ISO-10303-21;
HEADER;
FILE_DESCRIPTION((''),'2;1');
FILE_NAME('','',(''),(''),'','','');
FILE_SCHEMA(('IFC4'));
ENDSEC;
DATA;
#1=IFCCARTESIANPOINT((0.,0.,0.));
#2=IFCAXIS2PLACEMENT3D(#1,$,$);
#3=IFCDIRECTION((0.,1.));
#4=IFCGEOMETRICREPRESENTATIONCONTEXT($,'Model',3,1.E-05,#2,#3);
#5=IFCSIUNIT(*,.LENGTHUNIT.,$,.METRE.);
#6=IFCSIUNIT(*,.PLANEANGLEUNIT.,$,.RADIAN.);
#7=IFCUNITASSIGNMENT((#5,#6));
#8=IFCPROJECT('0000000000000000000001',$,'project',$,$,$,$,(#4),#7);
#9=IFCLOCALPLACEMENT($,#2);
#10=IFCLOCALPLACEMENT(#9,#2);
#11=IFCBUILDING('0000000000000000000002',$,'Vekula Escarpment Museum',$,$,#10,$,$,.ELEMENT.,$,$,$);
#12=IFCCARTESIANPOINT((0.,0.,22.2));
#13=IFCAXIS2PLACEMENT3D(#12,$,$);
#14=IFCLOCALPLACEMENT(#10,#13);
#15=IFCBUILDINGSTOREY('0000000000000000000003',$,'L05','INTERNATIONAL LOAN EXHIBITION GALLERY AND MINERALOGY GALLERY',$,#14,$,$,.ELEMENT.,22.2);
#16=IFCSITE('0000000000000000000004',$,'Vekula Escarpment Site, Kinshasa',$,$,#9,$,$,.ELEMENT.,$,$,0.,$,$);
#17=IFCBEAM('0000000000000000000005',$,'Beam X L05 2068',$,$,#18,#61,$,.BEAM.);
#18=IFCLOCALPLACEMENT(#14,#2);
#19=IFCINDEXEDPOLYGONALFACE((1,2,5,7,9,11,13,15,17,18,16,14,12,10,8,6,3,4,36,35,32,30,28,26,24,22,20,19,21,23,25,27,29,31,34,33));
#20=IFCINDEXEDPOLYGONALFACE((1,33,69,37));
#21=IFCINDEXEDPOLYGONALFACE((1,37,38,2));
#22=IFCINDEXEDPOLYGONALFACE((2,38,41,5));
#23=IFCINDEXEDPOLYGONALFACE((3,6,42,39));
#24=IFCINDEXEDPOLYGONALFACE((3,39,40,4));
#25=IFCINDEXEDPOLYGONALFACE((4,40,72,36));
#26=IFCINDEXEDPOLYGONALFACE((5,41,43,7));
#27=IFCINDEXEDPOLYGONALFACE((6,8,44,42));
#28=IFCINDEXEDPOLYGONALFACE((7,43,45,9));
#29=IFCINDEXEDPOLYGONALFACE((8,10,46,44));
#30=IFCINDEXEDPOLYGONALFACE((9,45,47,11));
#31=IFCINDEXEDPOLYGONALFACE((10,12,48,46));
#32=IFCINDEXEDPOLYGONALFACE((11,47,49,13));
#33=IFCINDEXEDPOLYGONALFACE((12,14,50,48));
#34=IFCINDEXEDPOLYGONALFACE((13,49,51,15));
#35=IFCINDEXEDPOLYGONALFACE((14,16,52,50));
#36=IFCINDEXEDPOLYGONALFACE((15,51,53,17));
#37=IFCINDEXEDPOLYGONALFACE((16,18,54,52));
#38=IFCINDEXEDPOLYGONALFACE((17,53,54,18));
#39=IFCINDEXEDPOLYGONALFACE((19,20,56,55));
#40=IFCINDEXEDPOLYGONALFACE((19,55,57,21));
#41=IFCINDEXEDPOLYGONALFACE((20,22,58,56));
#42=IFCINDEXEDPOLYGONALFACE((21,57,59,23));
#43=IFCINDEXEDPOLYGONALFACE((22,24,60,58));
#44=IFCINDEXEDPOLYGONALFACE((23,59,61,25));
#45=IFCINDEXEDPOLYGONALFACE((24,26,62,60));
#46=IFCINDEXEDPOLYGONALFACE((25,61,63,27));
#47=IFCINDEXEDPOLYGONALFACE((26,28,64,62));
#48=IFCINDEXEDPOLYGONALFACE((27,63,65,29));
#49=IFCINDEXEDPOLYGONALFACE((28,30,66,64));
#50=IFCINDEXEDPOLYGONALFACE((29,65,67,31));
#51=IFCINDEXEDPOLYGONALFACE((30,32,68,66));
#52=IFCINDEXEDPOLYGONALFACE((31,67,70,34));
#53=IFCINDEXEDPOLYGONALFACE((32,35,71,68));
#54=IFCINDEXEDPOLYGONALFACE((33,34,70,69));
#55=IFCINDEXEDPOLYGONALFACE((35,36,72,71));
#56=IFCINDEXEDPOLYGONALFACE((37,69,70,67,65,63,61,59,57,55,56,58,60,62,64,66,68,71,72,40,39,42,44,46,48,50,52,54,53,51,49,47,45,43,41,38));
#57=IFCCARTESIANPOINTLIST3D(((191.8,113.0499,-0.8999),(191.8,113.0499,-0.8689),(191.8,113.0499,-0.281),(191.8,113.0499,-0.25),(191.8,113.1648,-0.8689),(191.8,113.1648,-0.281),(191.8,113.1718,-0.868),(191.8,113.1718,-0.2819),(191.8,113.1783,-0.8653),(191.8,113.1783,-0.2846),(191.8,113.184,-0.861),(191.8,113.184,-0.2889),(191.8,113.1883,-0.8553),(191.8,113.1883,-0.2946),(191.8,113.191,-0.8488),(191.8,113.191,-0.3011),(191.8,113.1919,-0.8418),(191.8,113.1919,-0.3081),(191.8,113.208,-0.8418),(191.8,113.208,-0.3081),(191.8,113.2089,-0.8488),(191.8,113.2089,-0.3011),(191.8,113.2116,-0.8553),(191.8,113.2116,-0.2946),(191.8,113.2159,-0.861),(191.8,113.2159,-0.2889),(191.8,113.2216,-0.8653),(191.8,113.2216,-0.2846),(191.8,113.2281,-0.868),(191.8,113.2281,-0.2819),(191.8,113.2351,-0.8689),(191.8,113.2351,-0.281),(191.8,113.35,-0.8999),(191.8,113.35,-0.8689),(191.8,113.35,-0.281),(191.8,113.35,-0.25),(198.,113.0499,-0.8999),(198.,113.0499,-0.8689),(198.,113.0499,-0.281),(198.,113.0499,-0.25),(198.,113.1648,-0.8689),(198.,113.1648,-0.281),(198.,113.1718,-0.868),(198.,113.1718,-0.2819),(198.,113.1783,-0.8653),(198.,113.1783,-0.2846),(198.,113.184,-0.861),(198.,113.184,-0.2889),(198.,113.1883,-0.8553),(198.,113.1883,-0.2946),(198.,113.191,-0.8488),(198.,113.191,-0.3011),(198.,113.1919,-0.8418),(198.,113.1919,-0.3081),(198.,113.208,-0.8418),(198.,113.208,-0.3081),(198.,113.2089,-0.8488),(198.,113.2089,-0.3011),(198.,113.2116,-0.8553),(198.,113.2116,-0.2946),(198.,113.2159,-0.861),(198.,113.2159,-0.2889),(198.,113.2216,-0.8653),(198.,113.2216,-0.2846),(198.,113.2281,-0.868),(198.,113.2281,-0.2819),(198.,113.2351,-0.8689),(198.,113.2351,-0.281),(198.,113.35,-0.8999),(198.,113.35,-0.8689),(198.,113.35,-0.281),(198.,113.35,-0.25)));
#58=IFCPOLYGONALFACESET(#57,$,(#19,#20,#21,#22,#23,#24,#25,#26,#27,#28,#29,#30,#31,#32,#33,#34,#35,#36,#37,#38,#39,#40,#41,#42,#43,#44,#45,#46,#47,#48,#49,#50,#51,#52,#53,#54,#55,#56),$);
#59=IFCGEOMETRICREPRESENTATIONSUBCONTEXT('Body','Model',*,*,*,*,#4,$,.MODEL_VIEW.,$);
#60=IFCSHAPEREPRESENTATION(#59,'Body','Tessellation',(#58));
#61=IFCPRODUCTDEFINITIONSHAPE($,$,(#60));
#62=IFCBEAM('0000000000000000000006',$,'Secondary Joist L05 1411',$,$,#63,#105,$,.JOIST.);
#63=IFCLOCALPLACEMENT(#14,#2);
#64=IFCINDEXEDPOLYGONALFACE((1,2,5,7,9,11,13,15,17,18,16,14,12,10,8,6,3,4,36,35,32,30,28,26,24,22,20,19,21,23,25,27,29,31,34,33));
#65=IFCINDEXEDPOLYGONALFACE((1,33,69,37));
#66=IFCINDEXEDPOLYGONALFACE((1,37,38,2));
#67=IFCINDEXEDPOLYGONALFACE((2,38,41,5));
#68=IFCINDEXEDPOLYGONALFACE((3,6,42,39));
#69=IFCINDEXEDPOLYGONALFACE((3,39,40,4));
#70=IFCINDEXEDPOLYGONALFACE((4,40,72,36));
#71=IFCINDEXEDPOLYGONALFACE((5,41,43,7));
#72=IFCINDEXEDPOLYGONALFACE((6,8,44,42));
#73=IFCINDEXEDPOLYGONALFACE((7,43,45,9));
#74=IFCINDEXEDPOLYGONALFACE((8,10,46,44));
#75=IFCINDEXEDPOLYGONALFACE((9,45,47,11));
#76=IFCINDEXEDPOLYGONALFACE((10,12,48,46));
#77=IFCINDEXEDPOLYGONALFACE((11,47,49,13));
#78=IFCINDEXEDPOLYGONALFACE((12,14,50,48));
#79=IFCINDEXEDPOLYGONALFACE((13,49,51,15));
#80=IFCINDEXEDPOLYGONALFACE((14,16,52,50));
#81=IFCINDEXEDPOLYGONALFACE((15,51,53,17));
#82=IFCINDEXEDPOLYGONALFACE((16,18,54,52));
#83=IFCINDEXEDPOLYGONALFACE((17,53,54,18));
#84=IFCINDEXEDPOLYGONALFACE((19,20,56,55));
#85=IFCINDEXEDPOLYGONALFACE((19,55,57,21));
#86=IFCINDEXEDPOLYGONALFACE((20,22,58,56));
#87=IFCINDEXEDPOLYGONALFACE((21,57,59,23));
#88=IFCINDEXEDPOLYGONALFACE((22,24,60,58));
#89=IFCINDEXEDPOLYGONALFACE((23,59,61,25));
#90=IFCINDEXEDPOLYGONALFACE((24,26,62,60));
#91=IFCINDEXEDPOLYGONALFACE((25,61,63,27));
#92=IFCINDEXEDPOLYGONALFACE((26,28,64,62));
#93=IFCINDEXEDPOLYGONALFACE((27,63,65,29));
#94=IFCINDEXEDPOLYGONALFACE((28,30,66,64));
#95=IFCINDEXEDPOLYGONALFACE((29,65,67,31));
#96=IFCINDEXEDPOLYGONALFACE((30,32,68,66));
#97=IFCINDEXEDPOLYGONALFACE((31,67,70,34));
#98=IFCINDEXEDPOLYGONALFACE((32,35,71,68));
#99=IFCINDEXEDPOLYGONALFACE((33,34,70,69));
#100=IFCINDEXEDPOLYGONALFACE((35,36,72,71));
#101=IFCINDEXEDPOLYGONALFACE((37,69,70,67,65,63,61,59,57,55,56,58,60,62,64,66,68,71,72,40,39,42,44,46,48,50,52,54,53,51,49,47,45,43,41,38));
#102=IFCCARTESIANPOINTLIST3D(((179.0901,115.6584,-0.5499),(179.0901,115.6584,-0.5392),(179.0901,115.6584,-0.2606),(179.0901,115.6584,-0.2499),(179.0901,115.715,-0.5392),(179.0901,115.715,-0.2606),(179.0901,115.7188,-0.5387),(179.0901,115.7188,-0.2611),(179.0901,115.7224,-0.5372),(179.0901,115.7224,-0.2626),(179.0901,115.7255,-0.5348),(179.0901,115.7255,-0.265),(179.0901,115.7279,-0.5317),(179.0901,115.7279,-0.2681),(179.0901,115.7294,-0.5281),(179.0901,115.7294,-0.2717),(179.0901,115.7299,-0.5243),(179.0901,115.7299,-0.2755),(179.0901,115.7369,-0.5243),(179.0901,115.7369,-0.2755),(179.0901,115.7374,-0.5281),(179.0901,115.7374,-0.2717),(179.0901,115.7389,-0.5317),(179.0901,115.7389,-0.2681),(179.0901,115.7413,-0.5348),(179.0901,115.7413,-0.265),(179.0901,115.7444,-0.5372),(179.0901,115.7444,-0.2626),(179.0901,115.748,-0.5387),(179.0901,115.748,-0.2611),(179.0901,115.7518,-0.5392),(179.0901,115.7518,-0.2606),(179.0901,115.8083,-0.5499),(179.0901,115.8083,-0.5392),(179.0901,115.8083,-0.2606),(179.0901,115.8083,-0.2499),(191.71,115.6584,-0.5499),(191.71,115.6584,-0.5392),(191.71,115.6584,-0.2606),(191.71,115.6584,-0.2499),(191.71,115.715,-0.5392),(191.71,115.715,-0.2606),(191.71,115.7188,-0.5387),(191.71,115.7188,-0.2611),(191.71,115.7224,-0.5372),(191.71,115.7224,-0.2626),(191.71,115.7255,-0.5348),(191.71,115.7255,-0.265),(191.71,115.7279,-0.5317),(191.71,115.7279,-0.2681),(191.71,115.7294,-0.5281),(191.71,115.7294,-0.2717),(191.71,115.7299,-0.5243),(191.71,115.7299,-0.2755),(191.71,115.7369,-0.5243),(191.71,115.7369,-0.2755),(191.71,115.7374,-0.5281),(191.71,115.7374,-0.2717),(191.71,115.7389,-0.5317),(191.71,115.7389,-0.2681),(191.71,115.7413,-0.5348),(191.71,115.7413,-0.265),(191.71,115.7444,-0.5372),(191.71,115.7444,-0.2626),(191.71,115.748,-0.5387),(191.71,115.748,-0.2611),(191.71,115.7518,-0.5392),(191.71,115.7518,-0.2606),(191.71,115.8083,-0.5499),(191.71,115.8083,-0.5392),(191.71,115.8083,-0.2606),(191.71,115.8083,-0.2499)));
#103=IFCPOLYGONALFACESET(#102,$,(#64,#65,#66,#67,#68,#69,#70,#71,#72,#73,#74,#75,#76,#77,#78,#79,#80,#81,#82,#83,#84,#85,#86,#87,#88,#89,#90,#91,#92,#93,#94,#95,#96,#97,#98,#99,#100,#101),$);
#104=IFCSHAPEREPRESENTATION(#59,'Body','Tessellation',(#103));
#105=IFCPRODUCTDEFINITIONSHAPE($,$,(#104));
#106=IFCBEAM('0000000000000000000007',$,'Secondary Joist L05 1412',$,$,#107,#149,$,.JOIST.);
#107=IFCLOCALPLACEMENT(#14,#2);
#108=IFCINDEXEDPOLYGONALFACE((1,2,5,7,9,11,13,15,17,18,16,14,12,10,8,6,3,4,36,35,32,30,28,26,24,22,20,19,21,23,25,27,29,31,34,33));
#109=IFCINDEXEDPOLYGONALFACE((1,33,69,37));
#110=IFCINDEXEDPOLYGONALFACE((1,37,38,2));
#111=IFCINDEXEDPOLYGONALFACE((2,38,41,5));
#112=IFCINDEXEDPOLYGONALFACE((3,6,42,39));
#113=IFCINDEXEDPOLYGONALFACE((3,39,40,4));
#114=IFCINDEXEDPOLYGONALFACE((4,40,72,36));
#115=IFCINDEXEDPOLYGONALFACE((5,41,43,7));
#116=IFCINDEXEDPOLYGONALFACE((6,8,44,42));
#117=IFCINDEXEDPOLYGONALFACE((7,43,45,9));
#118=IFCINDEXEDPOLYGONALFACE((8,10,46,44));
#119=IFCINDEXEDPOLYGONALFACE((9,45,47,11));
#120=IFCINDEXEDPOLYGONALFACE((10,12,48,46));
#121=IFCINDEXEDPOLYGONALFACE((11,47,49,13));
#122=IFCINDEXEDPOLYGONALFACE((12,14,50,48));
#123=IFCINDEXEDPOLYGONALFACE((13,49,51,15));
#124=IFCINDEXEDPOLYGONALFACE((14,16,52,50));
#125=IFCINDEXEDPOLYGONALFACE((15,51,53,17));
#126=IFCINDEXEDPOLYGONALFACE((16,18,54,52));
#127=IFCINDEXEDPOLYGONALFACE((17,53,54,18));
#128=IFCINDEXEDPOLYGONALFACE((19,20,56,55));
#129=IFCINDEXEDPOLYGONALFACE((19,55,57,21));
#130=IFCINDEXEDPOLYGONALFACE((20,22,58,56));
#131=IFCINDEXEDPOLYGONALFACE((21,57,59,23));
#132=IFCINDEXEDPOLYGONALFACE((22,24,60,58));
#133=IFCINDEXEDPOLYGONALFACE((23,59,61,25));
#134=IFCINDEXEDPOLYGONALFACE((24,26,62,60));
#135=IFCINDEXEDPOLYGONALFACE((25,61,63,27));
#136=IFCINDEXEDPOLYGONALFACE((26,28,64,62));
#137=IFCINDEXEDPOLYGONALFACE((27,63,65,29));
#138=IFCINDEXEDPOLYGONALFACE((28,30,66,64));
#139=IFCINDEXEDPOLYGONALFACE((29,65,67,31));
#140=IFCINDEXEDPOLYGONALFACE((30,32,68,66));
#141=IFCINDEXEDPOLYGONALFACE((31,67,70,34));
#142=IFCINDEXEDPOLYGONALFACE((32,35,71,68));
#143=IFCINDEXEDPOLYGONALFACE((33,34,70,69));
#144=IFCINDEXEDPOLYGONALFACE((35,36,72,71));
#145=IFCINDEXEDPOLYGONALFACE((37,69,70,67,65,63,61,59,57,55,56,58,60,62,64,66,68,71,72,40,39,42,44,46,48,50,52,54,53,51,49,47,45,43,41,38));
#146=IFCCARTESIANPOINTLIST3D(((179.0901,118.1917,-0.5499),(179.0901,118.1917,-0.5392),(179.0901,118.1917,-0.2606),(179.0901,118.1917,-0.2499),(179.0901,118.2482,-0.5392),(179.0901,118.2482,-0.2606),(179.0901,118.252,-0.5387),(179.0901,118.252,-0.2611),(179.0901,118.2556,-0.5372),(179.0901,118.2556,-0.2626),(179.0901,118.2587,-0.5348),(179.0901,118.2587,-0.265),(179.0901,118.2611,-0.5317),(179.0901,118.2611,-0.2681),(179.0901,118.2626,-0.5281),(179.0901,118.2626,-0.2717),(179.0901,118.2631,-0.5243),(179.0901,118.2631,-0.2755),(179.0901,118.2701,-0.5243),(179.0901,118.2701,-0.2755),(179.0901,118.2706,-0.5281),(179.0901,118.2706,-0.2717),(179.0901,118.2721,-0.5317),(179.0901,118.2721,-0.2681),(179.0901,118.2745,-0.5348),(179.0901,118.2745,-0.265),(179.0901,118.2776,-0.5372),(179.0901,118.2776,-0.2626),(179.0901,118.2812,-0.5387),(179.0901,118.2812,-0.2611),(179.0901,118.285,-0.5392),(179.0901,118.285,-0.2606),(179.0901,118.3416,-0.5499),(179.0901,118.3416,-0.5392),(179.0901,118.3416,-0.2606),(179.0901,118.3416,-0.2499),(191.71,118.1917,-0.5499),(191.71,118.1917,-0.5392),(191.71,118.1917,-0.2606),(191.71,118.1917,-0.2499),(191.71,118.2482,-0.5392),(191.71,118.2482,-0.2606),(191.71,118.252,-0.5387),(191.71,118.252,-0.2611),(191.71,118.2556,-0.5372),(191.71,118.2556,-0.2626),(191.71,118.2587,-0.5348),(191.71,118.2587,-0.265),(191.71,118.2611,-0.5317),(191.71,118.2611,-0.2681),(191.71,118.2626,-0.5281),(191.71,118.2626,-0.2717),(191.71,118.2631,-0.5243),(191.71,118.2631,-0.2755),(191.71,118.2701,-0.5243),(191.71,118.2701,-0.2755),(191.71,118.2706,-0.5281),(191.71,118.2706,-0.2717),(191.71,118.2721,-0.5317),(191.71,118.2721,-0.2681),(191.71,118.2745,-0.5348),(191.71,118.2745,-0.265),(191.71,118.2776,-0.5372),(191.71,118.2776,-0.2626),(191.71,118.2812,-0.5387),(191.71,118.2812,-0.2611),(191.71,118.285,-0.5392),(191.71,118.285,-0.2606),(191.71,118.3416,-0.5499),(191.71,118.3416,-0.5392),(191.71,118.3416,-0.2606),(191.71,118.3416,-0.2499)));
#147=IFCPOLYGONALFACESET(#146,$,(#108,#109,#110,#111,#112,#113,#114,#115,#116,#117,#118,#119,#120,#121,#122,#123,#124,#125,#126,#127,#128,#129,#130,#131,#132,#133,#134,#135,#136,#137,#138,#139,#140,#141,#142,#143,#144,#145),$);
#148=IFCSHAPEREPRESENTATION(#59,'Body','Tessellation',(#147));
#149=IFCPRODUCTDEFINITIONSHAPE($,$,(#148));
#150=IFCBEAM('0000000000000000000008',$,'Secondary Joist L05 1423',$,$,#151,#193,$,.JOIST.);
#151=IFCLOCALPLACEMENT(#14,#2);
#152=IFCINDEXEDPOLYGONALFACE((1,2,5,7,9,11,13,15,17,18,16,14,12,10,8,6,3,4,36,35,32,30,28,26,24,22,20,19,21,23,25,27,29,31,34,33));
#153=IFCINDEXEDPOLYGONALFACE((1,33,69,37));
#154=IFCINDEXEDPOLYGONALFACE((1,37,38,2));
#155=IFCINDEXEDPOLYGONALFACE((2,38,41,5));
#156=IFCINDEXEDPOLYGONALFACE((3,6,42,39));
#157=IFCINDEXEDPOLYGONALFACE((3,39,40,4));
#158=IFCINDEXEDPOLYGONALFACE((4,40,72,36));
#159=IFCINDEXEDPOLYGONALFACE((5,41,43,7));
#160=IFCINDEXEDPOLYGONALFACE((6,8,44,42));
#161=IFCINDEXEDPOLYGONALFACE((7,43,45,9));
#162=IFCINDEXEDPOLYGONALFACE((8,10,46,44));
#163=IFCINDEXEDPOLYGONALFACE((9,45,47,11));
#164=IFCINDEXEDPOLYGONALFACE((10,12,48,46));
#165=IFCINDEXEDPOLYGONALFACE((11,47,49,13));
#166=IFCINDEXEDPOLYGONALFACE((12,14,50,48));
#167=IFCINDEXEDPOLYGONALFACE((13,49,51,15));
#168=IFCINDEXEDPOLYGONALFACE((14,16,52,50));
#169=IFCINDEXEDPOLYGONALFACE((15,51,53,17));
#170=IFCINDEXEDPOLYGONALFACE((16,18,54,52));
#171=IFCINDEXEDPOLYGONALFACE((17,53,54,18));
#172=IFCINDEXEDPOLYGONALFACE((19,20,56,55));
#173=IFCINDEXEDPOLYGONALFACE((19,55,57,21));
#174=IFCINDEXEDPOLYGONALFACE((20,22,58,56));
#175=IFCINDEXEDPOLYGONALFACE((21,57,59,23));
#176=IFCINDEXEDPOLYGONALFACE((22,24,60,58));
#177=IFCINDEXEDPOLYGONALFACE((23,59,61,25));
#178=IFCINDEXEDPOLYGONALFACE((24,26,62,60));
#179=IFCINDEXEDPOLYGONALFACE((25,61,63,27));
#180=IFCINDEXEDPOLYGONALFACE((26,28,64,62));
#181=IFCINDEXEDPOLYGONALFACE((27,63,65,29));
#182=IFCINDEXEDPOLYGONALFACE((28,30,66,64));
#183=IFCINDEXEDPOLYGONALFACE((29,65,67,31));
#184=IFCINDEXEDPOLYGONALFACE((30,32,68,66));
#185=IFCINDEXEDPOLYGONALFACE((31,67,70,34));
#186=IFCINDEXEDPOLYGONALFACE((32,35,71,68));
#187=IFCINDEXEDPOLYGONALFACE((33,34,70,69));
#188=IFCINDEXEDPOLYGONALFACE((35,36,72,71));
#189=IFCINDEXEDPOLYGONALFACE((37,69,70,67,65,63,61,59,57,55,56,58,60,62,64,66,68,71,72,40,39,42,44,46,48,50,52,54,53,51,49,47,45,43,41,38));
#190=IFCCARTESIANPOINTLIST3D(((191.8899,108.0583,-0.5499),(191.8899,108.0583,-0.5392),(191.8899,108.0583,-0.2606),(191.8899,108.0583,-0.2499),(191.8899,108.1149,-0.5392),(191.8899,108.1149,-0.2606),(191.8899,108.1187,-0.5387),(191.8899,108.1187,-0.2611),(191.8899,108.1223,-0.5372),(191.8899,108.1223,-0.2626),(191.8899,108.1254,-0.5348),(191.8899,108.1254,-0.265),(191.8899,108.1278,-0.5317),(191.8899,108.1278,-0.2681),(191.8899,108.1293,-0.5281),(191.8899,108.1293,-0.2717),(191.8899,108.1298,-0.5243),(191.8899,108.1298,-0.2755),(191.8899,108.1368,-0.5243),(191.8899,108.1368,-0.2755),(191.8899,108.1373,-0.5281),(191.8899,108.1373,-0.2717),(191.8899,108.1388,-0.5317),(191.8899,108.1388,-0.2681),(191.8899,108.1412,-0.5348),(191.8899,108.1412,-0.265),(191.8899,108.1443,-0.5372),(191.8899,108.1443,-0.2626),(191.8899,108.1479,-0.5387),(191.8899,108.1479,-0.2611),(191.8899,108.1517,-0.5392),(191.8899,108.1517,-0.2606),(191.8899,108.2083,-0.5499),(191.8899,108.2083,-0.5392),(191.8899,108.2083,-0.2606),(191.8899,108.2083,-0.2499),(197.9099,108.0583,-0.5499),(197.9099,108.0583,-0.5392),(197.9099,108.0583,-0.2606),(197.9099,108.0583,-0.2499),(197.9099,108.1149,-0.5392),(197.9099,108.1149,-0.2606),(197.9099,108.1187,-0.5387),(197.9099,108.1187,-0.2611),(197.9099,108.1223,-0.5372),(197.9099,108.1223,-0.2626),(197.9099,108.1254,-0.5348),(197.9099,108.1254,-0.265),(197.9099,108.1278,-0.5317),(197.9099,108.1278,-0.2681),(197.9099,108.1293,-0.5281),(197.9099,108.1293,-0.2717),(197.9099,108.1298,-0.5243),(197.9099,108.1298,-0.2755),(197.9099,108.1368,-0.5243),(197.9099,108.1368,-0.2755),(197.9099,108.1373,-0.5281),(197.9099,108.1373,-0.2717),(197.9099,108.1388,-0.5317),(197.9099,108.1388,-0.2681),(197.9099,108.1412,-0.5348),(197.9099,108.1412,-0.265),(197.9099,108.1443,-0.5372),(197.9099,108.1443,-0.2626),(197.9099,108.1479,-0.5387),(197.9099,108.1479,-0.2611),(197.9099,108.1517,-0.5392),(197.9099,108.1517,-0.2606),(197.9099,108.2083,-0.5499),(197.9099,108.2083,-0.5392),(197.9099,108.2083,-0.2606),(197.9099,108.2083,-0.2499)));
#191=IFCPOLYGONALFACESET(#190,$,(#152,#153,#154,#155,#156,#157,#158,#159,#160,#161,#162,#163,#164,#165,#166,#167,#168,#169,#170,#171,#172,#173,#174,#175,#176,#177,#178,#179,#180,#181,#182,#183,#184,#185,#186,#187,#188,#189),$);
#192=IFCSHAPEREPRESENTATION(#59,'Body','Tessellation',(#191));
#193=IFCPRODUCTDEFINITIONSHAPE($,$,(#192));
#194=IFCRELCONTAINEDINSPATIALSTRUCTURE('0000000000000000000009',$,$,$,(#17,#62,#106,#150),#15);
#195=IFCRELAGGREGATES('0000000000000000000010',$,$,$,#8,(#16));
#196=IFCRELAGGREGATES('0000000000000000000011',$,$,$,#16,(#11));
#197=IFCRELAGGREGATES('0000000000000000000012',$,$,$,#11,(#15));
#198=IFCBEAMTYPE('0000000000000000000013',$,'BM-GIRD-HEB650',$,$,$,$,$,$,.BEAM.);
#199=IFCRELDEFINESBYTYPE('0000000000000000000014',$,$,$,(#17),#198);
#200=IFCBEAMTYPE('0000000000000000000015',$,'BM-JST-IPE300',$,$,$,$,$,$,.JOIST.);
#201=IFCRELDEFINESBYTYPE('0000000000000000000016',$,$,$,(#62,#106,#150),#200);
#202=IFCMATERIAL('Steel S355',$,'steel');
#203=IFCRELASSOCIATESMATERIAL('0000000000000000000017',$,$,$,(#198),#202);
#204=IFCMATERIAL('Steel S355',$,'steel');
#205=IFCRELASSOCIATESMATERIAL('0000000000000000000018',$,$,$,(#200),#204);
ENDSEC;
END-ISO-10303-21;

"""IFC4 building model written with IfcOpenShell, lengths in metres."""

from ifc_helpers import new_model, si_unit, direction, frame, origin, origin_2d, place, context, subcontext, project, spatial, i_section, extrude, material, material_profile, profile_set, type_object, element, save


model = new_model("IFC4")

# Units and contexts
model_context = context("Model", 3, precision=1e-05, world=origin(), true_north=direction((0.0, 1.0)))
body_context = subcontext(model_context, "Body", "Model", "MODEL_VIEW")
ifc_project = project(units=[si_unit("LENGTHUNIT", "METRE"), si_unit("PLANEANGLEUNIT", "RADIAN")], contexts=[model_context])

# Site, building, storey
site_placement = place(None, origin())
site = spatial("IfcSite", under=ifc_project, at=site_placement, Name="Vekula Escarpment Site, Kinshasa", CompositionType="ELEMENT", RefElevation=0.0)
building_placement = place(site_placement, origin())
building = spatial("IfcBuilding", under=site, at=building_placement, Name="Vekula Escarpment Museum", CompositionType="ELEMENT")
storey_placement = place(building_placement, frame((0.0, 0.0, 22.2)))
storey = spatial("IfcBuildingStorey", under=building, at=storey_placement, Name="L05", Description="INTERNATIONAL LOAN EXHIBITION GALLERY AND MINERALOGY GALLERY", CompositionType="ELEMENT", Elevation=22.2)

# Beams
ifc_material_1 = material(Name="Steel S355", Category="steel")
ifc_material_profile_1 = material_profile(ifc_material_1, i_section(OverallWidth=0.3, OverallDepth=0.6499, WebThickness=0.0161, FlangeThickness=0.031, FilletRadius=0.0271, at=origin_2d()), Name="HEB 650")
ifc_profile_set_1 = profile_set([ifc_material_profile_1], Name="Steel S355")
beam_type_1 = type_object("IfcBeamType", Name="BM-GIRD-HEB650", PredefinedType="BEAM", material=ifc_profile_set_1)
beam_1_placement = place(storey_placement, frame((191.8, 113.2, -0.575), z_axis=(1.0, 0.0, 0.0), x_axis=(0.0, 1.0, 0.0)))
element("IfcBeam", 1, at=beam_1_placement, inside=storey, type_object=beam_type_1, Name="Beam X L05 2068", PredefinedType="BEAM", context=body_context, shape_type="SweptSolid", body=[
    extrude(i_section(OverallWidth=0.3, OverallDepth=0.6499, WebThickness=0.0161, FlangeThickness=0.031, FilletRadius=0.0271, at=origin_2d()), origin(), (0.0, 0.0, 1.0), 6.2),
])
ifc_material_2 = material(Name="Steel S355", Category="steel")
ifc_material_profile_2 = material_profile(ifc_material_2, i_section(OverallWidth=0.1499, OverallDepth=0.3, WebThickness=0.0071, FlangeThickness=0.0107, FilletRadius=0.0149, at=origin_2d()), Name="IPE 300")
ifc_profile_set_2 = profile_set([ifc_material_profile_2], Name="Steel S355")
beam_type_2 = type_object("IfcBeamType", Name="BM-JST-IPE300", PredefinedType="JOIST", material=ifc_profile_set_2)
for number, where, z_axis, x_axis, name in (
    (2, (179.0901, 115.7334, -0.3999), (1.0, 0.0, 0.0), (0.0, 1.0, 0.0), "Secondary Joist L05 1411"),
    (3, (179.0901, 118.2666, -0.3999), (1.0, 0.0, 0.0), (0.0, 1.0, 0.0), "Secondary Joist L05 1412"),
):
    element("IfcBeam", number, at=place(storey_placement, frame(where, z_axis=z_axis, x_axis=x_axis)), inside=storey, type_object=beam_type_2, Name=name, PredefinedType="JOIST", context=body_context, shape_type="SweptSolid", body=[
        extrude(i_section(OverallWidth=0.1499, OverallDepth=0.3, WebThickness=0.0071, FlangeThickness=0.0107, FilletRadius=0.0149, at=origin_2d()), origin(), (0.0, 0.0, 1.0), 12.6199),
    ])
for number, where, z_axis, x_axis, name in (
    (4, (191.8899, 108.1333, -0.3999), (1.0, 0.0, 0.0), (0.0, 1.0, 0.0), "Secondary Joist L05 1423"),
):
    element("IfcBeam", number, at=place(storey_placement, frame(where, z_axis=z_axis, x_axis=x_axis)), inside=storey, type_object=beam_type_2, Name=name, PredefinedType="JOIST", context=body_context, shape_type="SweptSolid", body=[
        extrude(i_section(OverallWidth=0.1499, OverallDepth=0.3, WebThickness=0.0071, FlangeThickness=0.0107, FilletRadius=0.0149, at=origin_2d()), origin(), (0.0, 0.0, 1.0), 6.02),
    ])

save(model, "model.ifc")
